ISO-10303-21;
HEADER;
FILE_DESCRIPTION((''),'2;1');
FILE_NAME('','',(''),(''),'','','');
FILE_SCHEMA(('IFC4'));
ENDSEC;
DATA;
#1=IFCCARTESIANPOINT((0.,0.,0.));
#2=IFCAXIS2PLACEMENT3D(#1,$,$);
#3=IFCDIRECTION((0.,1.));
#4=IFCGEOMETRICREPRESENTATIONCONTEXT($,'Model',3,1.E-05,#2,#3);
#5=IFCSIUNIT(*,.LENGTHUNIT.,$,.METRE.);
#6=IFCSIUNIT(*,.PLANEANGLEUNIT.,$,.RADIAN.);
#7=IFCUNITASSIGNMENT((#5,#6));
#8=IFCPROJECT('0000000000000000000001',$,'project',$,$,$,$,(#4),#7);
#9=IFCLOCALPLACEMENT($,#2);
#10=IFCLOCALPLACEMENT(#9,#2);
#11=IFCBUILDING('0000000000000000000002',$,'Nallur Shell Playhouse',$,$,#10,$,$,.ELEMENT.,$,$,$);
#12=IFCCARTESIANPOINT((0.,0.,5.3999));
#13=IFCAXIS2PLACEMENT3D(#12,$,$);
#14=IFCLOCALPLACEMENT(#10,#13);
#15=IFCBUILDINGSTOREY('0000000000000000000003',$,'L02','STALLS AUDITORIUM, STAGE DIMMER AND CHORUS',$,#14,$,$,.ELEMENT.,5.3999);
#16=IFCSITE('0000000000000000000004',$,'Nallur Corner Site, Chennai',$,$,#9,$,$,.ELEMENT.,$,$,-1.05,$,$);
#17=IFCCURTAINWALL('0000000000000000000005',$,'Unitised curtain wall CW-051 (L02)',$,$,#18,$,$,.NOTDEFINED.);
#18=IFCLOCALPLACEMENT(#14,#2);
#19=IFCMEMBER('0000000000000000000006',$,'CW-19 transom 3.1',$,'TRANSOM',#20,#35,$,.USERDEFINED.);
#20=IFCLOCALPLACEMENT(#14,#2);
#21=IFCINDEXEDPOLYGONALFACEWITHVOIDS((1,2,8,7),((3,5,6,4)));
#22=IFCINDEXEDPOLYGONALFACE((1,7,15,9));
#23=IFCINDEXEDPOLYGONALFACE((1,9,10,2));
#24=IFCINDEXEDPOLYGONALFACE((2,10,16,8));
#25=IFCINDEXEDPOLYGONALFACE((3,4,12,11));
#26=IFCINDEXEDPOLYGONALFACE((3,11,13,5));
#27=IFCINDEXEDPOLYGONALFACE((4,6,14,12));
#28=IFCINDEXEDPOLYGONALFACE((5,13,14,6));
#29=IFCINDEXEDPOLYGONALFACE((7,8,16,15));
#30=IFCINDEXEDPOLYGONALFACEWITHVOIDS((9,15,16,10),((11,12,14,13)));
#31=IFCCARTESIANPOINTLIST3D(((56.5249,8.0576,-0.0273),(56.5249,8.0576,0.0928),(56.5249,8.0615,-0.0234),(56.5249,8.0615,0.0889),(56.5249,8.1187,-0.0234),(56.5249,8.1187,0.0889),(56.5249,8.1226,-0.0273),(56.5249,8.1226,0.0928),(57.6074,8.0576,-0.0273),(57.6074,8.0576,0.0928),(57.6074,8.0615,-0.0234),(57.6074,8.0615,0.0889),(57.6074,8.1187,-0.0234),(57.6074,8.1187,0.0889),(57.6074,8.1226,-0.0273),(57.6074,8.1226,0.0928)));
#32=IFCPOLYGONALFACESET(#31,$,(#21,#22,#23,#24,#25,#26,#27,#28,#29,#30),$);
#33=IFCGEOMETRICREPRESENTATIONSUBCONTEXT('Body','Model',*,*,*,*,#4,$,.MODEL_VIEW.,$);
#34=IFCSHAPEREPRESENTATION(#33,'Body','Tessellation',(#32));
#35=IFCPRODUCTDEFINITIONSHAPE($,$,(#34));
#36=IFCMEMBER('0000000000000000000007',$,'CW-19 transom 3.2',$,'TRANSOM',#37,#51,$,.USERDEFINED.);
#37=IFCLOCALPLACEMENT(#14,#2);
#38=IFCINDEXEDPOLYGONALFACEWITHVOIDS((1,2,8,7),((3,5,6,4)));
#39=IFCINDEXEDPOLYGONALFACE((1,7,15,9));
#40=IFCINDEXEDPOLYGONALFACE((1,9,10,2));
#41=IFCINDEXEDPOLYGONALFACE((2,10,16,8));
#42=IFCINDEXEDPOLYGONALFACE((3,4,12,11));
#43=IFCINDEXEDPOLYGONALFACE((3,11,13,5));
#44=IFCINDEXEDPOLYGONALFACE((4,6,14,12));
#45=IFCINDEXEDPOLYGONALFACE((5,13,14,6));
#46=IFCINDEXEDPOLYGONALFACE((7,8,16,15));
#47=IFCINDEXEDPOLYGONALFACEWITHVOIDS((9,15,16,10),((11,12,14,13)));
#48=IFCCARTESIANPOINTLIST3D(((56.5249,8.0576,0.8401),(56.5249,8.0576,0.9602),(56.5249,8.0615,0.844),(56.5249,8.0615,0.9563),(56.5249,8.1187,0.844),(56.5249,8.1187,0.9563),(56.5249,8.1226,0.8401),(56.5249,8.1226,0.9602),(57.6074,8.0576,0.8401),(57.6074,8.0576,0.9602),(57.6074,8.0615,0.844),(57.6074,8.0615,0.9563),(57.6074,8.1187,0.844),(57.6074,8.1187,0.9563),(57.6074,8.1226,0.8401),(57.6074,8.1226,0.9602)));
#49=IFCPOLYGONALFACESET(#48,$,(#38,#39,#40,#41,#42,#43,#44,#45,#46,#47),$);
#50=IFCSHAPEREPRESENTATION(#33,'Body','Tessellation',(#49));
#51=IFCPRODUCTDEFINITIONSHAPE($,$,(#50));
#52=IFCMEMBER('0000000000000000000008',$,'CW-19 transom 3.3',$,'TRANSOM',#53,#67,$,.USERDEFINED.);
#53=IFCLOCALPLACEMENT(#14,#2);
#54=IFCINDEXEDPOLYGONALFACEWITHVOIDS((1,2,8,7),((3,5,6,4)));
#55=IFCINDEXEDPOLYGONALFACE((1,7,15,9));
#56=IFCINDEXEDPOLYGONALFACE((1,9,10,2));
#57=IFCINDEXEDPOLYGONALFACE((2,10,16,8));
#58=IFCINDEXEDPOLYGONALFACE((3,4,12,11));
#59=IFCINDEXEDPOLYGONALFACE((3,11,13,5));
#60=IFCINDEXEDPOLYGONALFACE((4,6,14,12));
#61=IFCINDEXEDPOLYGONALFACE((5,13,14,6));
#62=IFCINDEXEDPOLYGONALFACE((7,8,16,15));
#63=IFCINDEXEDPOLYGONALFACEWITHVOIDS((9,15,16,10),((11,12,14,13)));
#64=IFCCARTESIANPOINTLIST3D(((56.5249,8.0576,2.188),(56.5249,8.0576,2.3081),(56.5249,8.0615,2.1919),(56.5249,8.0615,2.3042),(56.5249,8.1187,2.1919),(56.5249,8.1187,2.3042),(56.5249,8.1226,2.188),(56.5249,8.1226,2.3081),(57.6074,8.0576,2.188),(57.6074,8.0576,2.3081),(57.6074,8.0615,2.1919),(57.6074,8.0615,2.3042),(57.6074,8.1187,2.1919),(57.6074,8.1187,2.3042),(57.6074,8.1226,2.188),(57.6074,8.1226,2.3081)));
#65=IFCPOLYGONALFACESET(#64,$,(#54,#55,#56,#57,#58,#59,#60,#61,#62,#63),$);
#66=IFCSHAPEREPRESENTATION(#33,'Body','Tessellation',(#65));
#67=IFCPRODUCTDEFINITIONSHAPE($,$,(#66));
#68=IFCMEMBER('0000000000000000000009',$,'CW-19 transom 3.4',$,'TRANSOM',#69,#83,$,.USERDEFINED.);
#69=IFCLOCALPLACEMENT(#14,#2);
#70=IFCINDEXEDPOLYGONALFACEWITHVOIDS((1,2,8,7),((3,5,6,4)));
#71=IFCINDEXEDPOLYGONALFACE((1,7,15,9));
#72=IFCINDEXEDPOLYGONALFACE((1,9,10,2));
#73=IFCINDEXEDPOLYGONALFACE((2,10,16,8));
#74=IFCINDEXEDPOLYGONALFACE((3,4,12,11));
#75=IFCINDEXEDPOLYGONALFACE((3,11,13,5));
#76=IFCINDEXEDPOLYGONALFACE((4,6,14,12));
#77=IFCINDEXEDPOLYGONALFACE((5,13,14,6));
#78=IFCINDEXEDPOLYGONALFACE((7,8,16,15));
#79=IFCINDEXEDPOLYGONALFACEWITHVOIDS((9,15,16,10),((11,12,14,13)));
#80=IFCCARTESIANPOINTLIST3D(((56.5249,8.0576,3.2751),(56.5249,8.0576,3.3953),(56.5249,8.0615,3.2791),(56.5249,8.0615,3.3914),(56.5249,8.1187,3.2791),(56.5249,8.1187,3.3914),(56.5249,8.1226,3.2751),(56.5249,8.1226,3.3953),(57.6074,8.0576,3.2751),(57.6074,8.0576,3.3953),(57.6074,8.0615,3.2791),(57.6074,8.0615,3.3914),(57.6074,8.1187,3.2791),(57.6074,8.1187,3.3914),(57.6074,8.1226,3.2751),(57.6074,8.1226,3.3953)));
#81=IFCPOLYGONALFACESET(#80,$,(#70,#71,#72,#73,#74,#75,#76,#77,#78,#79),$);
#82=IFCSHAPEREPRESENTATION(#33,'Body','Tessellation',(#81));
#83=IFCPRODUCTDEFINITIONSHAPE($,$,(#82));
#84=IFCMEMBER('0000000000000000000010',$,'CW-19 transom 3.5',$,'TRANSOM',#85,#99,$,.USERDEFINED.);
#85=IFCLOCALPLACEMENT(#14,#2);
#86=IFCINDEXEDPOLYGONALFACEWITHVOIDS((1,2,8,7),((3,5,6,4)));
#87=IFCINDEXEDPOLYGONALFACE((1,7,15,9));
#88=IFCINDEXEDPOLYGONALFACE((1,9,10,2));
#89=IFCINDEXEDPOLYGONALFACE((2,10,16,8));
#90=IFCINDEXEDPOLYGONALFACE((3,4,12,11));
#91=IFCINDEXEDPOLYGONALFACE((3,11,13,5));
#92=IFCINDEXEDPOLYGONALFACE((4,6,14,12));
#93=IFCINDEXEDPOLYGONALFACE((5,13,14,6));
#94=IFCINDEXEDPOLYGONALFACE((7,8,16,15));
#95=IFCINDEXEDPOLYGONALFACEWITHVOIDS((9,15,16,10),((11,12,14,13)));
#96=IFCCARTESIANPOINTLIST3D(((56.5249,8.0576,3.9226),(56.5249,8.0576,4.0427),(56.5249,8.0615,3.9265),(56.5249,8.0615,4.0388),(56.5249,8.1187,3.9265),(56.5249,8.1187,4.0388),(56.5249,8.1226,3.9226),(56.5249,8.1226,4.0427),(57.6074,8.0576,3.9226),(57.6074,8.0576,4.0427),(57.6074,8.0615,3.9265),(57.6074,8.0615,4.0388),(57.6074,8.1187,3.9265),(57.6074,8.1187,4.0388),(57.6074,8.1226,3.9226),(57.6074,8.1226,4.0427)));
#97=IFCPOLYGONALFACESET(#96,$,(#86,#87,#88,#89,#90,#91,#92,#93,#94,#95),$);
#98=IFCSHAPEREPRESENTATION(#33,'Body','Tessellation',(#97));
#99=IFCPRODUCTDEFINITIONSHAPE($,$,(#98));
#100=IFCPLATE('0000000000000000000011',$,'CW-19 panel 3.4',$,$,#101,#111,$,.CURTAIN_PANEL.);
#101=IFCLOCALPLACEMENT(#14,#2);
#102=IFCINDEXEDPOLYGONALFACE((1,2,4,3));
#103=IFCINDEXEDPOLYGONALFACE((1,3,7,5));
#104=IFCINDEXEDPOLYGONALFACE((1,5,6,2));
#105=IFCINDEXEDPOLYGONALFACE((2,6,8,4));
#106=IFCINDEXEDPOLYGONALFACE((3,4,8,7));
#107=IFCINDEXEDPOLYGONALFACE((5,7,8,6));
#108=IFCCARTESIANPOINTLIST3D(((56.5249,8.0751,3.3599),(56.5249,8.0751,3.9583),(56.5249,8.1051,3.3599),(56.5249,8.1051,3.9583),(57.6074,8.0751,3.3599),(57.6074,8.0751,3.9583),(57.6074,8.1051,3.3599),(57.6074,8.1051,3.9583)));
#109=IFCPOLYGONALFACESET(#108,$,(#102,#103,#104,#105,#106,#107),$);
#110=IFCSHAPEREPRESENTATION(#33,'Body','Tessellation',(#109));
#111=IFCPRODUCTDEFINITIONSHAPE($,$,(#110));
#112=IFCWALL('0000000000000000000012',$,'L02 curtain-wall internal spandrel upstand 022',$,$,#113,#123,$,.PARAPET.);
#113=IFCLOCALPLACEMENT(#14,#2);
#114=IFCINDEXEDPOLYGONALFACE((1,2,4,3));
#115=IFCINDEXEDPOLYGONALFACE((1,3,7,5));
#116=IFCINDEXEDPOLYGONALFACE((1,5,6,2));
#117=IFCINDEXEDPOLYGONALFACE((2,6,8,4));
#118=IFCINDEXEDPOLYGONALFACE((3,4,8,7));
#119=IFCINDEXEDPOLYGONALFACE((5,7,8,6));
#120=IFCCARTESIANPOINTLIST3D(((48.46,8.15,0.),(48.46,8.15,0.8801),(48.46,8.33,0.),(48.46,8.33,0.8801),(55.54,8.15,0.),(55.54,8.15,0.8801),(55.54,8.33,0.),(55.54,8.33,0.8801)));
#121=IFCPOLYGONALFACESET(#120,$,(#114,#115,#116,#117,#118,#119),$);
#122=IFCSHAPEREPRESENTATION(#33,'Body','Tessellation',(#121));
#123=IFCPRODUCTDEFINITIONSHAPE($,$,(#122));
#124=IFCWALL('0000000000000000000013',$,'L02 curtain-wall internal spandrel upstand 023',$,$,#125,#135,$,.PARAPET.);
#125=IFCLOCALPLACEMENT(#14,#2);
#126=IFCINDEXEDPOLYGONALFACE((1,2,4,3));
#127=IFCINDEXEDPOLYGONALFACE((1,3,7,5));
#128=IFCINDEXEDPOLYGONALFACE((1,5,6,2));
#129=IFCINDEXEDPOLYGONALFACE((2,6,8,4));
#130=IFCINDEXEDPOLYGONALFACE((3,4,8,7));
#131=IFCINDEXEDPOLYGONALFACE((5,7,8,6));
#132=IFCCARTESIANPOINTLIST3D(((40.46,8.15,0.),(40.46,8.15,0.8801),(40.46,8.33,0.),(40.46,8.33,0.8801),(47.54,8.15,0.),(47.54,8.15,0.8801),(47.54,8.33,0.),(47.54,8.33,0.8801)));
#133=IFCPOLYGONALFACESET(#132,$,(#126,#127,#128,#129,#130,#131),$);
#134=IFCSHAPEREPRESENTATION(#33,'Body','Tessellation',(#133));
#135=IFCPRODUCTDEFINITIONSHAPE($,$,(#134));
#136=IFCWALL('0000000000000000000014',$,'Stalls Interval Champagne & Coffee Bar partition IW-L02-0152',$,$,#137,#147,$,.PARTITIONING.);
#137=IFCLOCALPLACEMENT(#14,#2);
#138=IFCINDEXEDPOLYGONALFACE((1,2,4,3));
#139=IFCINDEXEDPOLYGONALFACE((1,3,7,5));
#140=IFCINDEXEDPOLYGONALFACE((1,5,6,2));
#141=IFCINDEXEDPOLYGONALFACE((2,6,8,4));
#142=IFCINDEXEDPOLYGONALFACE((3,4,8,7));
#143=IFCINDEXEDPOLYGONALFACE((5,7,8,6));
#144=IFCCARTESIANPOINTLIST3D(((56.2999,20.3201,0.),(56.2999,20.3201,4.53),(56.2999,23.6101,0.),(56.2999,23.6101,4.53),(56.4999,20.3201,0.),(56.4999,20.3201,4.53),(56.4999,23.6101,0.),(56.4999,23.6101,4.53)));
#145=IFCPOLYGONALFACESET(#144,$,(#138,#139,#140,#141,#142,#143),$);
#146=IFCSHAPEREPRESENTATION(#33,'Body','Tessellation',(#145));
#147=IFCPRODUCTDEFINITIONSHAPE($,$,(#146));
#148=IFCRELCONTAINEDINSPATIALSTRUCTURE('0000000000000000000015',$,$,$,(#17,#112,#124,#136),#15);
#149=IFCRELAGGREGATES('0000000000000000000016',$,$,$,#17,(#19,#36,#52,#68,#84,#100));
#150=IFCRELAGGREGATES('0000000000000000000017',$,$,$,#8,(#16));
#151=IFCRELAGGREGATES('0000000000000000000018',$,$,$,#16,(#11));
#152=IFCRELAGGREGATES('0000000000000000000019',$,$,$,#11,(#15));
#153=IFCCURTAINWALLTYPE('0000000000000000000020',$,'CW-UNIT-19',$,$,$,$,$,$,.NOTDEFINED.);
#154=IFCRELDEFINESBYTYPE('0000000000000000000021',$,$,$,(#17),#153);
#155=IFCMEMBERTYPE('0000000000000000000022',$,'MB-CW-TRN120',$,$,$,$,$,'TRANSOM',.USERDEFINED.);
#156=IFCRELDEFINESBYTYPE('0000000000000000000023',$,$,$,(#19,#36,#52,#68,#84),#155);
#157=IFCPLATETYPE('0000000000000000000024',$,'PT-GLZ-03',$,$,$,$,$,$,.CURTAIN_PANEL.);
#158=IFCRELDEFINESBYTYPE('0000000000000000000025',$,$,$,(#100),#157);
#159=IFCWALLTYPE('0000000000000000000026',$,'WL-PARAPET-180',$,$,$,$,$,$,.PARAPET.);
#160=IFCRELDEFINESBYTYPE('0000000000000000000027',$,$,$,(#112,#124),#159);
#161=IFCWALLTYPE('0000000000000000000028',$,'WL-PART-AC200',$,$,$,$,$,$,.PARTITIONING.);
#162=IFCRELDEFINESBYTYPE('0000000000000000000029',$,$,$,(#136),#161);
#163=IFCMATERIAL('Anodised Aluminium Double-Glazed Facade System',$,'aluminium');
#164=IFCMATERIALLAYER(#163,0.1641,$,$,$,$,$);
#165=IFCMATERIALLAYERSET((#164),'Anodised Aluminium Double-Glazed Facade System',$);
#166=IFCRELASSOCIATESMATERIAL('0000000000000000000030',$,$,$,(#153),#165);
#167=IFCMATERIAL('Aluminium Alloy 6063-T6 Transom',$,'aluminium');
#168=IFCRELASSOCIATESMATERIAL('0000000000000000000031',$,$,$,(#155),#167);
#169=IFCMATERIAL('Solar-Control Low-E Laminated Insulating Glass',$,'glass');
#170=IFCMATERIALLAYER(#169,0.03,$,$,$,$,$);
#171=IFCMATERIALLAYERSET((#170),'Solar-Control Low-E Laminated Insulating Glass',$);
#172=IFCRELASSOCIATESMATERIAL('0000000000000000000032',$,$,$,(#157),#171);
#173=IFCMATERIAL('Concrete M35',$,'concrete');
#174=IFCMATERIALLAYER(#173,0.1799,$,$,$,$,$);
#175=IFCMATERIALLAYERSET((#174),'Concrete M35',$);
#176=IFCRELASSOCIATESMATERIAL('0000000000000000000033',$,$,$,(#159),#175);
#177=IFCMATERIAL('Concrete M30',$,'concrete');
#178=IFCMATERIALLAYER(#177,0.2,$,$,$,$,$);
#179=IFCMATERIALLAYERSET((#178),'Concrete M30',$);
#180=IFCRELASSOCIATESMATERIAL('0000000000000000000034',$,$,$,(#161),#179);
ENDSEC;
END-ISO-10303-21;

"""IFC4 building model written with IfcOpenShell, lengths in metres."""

from ifc_helpers import new_model, si_unit, direction, frame, frame_2d, origin, origin_2d, place, context, subcontext, project, spatial, rectangle, hollow_rectangle, extrude, material, layer, layer_set, material_profile, profile_set, type_object, element, aggregate, save


model = new_model("IFC4")

# Units and contexts
model_context = context("Model", 3, precision=1e-05, world=origin(), true_north=direction((0.0, 1.0)))
body_context = subcontext(model_context, "Body", "Model", "MODEL_VIEW")
ifc_project = project(units=[si_unit("LENGTHUNIT", "METRE"), si_unit("PLANEANGLEUNIT", "RADIAN")], contexts=[model_context])

# Site, building, storey
site_placement = place(None, origin())
site = spatial("IfcSite", under=ifc_project, at=site_placement, Name="Nallur Corner Site, Chennai", CompositionType="ELEMENT", RefElevation=-1.05)
building_placement = place(site_placement, origin())
building = spatial("IfcBuilding", under=site, at=building_placement, Name="Nallur Shell Playhouse", CompositionType="ELEMENT")
storey_placement = place(building_placement, frame((0.0, 0.0, 5.3999)))
storey = spatial("IfcBuildingStorey", under=building, at=storey_placement, Name="L02", Description="STALLS AUDITORIUM, STAGE DIMMER AND CHORUS", CompositionType="ELEMENT", Elevation=5.3999)

# Shared definitions
ifc_material_1 = material(Name="Concrete M30", Category="concrete")
ifc_material_2 = material(Name="Concrete M35", Category="concrete")

# Curtain wall, members, plate
ifc_material_3 = material(Name="Anodised Aluminium Double-Glazed Facade System", Category="aluminium")
ifc_layer_1 = layer(ifc_material_3, 0.1641)
ifc_layer_set_1 = layer_set([ifc_layer_1], Name="Anodised Aluminium Double-Glazed Facade System")
curtain_wall_type = type_object("IfcCurtainWallType", Name="CW-UNIT-19", PredefinedType="NOTDEFINED", material=ifc_layer_set_1)
curtain_wall_placement = place(storey_placement, origin())
curtain_wall = element("IfcCurtainWall", 1, at=curtain_wall_placement, inside=storey, type_object=curtain_wall_type, Name="Unitised curtain wall CW-051 (L02)", PredefinedType="NOTDEFINED")
ifc_material_4 = material(Name="Aluminium Alloy 6063-T6 Transom", Category="aluminium")
ifc_material_profile_1 = material_profile(ifc_material_4, hollow_rectangle(XDim=0.0649, YDim=0.1201, WallThickness=0.0039, at=origin_2d()), Name="ALU 65x120x4")
ifc_profile_set_1 = profile_set([ifc_material_profile_1], Name="Aluminium Alloy 6063-T6 Transom")
member_type = type_object("IfcMemberType", Name="MB-CW-TRN120", ElementType="TRANSOM", PredefinedType="USERDEFINED", material=ifc_profile_set_1)
member_1_placement = place(storey_placement, frame((57.6074, 8.0901, 0.0327), z_axis=(-1.0, 0.0, 0.0), x_axis=(0.0, -1.0, 0.0)))
member_1 = element("IfcMember", 2, at=member_1_placement, type_object=member_type, Name="CW-19 transom 3.1", ObjectType="TRANSOM", PredefinedType="USERDEFINED", context=body_context, shape_type="SweptSolid", body=[
    extrude(hollow_rectangle(XDim=0.0649, YDim=0.1201, WallThickness=0.0039, at=origin_2d()), origin(), (0.0, 0.0, 1.0), 1.0825),
])
member_2_placement = place(storey_placement, frame((57.6074, 8.0901, 0.9001), z_axis=(-1.0, 0.0, 0.0), x_axis=(0.0, -1.0, 0.0)))
member_2 = element("IfcMember", 3, at=member_2_placement, type_object=member_type, Name="CW-19 transom 3.2", ObjectType="TRANSOM", PredefinedType="USERDEFINED", context=body_context, shape_type="SweptSolid", body=[
    extrude(hollow_rectangle(XDim=0.0649, YDim=0.1201, WallThickness=0.0039, at=origin_2d()), origin(), (0.0, 0.0, 1.0), 1.0825),
])
member_3_placement = place(storey_placement, frame((57.6074, 8.0901, 2.248), z_axis=(-1.0, 0.0, 0.0), x_axis=(0.0, -1.0, 0.0)))
member_3 = element("IfcMember", 4, at=member_3_placement, type_object=member_type, Name="CW-19 transom 3.3", ObjectType="TRANSOM", PredefinedType="USERDEFINED", context=body_context, shape_type="SweptSolid", body=[
    extrude(hollow_rectangle(XDim=0.0649, YDim=0.1201, WallThickness=0.0039, at=origin_2d()), origin(), (0.0, 0.0, 1.0), 1.0825),
])
member_4_placement = place(storey_placement, frame((57.6074, 8.0901, 3.3352), z_axis=(-1.0, 0.0, 0.0), x_axis=(0.0, -1.0, 0.0)))
member_4 = element("IfcMember", 5, at=member_4_placement, type_object=member_type, Name="CW-19 transom 3.4", ObjectType="TRANSOM", PredefinedType="USERDEFINED", context=body_context, shape_type="SweptSolid", body=[
    extrude(hollow_rectangle(XDim=0.0649, YDim=0.1201, WallThickness=0.0039, at=origin_2d()), origin(), (0.0, 0.0, 1.0), 1.0825),
])
member_5_placement = place(storey_placement, frame((57.6074, 8.0901, 3.9827), z_axis=(-1.0, 0.0, 0.0), x_axis=(0.0, -1.0, 0.0)))
member_5 = element("IfcMember", 6, at=member_5_placement, type_object=member_type, Name="CW-19 transom 3.5", ObjectType="TRANSOM", PredefinedType="USERDEFINED", context=body_context, shape_type="SweptSolid", body=[
    extrude(hollow_rectangle(XDim=0.0649, YDim=0.1201, WallThickness=0.0039, at=origin_2d()), origin(), (0.0, 0.0, 1.0), 1.0825),
])
ifc_material_5 = material(Name="Solar-Control Low-E Laminated Insulating Glass", Category="glass")
ifc_layer_2 = layer(ifc_material_5, 0.03)
ifc_layer_set_2 = layer_set([ifc_layer_2], Name="Solar-Control Low-E Laminated Insulating Glass")
plate_type = type_object("IfcPlateType", Name="PT-GLZ-03", PredefinedType="CURTAIN_PANEL", material=ifc_layer_set_2)
plate_placement = place(storey_placement, frame((57.0662, 8.0901, 3.3599), z_axis=(0.0, 0.0, 1.0), x_axis=(-1.0, 0.0, 0.0)))
plate = element("IfcPlate", 7, at=plate_placement, type_object=plate_type, Name="CW-19 panel 3.4", PredefinedType="CURTAIN_PANEL", context=body_context, shape_type="SweptSolid", body=[
    extrude(rectangle(XDim=1.0825, YDim=0.03, at=origin_2d()), origin(), (0.0, 0.0, 1.0), 0.5984),
])
aggregate(curtain_wall, [member_1, member_2, member_3, member_4, member_5, plate])

# Walls
ifc_layer_3 = layer(ifc_material_2, 0.1799)
ifc_layer_set_3 = layer_set([ifc_layer_3], Name="Concrete M35")
wall_type_1 = type_object("IfcWallType", Name="WL-PARAPET-180", PredefinedType="PARAPET", material=ifc_layer_set_3)
for number, where, z_axis, x_axis, name in (
    (8, (55.54, 8.24, 0.0), (0.0, 0.0, 1.0), (-1.0, 0.0, 0.0), "L02 curtain-wall internal spandrel upstand 022"),
    (9, (47.54, 8.24, 0.0), (0.0, 0.0, 1.0), (-1.0, 0.0, 0.0), "L02 curtain-wall internal spandrel upstand 023"),
):
    element("IfcWall", number, at=place(storey_placement, frame(where, z_axis=z_axis, x_axis=x_axis)), inside=storey, type_object=wall_type_1, Name=name, PredefinedType="PARAPET", context=body_context, shape_type="SweptSolid", body=[
        extrude(rectangle(XDim=7.0801, YDim=0.1799, at=frame_2d((3.54, 0.0))), origin(), (0.0, 0.0, 1.0), 0.8801),
    ])
ifc_layer_4 = layer(ifc_material_1, 0.2)
ifc_layer_set_4 = layer_set([ifc_layer_4], Name="Concrete M30")
wall_type_2 = type_object("IfcWallType", Name="WL-PART-AC200", PredefinedType="PARTITIONING", material=ifc_layer_set_4)
wall_placement = place(storey_placement, frame((56.3999, 20.3201, 0.0), z_axis=(0.0, 0.0, 1.0), x_axis=(0.0, 1.0, 0.0)))
element("IfcWall", 10, at=wall_placement, inside=storey, type_object=wall_type_2, Name="Stalls Interval Champagne & Coffee Bar partition IW-L02-0152", PredefinedType="PARTITIONING", context=body_context, shape_type="SweptSolid", body=[
    extrude(rectangle(XDim=3.29, YDim=0.2, at=frame_2d((1.645, 0.0))), origin(), (0.0, 0.0, 1.0), 4.53),
])

save(model, "model.ifc")
